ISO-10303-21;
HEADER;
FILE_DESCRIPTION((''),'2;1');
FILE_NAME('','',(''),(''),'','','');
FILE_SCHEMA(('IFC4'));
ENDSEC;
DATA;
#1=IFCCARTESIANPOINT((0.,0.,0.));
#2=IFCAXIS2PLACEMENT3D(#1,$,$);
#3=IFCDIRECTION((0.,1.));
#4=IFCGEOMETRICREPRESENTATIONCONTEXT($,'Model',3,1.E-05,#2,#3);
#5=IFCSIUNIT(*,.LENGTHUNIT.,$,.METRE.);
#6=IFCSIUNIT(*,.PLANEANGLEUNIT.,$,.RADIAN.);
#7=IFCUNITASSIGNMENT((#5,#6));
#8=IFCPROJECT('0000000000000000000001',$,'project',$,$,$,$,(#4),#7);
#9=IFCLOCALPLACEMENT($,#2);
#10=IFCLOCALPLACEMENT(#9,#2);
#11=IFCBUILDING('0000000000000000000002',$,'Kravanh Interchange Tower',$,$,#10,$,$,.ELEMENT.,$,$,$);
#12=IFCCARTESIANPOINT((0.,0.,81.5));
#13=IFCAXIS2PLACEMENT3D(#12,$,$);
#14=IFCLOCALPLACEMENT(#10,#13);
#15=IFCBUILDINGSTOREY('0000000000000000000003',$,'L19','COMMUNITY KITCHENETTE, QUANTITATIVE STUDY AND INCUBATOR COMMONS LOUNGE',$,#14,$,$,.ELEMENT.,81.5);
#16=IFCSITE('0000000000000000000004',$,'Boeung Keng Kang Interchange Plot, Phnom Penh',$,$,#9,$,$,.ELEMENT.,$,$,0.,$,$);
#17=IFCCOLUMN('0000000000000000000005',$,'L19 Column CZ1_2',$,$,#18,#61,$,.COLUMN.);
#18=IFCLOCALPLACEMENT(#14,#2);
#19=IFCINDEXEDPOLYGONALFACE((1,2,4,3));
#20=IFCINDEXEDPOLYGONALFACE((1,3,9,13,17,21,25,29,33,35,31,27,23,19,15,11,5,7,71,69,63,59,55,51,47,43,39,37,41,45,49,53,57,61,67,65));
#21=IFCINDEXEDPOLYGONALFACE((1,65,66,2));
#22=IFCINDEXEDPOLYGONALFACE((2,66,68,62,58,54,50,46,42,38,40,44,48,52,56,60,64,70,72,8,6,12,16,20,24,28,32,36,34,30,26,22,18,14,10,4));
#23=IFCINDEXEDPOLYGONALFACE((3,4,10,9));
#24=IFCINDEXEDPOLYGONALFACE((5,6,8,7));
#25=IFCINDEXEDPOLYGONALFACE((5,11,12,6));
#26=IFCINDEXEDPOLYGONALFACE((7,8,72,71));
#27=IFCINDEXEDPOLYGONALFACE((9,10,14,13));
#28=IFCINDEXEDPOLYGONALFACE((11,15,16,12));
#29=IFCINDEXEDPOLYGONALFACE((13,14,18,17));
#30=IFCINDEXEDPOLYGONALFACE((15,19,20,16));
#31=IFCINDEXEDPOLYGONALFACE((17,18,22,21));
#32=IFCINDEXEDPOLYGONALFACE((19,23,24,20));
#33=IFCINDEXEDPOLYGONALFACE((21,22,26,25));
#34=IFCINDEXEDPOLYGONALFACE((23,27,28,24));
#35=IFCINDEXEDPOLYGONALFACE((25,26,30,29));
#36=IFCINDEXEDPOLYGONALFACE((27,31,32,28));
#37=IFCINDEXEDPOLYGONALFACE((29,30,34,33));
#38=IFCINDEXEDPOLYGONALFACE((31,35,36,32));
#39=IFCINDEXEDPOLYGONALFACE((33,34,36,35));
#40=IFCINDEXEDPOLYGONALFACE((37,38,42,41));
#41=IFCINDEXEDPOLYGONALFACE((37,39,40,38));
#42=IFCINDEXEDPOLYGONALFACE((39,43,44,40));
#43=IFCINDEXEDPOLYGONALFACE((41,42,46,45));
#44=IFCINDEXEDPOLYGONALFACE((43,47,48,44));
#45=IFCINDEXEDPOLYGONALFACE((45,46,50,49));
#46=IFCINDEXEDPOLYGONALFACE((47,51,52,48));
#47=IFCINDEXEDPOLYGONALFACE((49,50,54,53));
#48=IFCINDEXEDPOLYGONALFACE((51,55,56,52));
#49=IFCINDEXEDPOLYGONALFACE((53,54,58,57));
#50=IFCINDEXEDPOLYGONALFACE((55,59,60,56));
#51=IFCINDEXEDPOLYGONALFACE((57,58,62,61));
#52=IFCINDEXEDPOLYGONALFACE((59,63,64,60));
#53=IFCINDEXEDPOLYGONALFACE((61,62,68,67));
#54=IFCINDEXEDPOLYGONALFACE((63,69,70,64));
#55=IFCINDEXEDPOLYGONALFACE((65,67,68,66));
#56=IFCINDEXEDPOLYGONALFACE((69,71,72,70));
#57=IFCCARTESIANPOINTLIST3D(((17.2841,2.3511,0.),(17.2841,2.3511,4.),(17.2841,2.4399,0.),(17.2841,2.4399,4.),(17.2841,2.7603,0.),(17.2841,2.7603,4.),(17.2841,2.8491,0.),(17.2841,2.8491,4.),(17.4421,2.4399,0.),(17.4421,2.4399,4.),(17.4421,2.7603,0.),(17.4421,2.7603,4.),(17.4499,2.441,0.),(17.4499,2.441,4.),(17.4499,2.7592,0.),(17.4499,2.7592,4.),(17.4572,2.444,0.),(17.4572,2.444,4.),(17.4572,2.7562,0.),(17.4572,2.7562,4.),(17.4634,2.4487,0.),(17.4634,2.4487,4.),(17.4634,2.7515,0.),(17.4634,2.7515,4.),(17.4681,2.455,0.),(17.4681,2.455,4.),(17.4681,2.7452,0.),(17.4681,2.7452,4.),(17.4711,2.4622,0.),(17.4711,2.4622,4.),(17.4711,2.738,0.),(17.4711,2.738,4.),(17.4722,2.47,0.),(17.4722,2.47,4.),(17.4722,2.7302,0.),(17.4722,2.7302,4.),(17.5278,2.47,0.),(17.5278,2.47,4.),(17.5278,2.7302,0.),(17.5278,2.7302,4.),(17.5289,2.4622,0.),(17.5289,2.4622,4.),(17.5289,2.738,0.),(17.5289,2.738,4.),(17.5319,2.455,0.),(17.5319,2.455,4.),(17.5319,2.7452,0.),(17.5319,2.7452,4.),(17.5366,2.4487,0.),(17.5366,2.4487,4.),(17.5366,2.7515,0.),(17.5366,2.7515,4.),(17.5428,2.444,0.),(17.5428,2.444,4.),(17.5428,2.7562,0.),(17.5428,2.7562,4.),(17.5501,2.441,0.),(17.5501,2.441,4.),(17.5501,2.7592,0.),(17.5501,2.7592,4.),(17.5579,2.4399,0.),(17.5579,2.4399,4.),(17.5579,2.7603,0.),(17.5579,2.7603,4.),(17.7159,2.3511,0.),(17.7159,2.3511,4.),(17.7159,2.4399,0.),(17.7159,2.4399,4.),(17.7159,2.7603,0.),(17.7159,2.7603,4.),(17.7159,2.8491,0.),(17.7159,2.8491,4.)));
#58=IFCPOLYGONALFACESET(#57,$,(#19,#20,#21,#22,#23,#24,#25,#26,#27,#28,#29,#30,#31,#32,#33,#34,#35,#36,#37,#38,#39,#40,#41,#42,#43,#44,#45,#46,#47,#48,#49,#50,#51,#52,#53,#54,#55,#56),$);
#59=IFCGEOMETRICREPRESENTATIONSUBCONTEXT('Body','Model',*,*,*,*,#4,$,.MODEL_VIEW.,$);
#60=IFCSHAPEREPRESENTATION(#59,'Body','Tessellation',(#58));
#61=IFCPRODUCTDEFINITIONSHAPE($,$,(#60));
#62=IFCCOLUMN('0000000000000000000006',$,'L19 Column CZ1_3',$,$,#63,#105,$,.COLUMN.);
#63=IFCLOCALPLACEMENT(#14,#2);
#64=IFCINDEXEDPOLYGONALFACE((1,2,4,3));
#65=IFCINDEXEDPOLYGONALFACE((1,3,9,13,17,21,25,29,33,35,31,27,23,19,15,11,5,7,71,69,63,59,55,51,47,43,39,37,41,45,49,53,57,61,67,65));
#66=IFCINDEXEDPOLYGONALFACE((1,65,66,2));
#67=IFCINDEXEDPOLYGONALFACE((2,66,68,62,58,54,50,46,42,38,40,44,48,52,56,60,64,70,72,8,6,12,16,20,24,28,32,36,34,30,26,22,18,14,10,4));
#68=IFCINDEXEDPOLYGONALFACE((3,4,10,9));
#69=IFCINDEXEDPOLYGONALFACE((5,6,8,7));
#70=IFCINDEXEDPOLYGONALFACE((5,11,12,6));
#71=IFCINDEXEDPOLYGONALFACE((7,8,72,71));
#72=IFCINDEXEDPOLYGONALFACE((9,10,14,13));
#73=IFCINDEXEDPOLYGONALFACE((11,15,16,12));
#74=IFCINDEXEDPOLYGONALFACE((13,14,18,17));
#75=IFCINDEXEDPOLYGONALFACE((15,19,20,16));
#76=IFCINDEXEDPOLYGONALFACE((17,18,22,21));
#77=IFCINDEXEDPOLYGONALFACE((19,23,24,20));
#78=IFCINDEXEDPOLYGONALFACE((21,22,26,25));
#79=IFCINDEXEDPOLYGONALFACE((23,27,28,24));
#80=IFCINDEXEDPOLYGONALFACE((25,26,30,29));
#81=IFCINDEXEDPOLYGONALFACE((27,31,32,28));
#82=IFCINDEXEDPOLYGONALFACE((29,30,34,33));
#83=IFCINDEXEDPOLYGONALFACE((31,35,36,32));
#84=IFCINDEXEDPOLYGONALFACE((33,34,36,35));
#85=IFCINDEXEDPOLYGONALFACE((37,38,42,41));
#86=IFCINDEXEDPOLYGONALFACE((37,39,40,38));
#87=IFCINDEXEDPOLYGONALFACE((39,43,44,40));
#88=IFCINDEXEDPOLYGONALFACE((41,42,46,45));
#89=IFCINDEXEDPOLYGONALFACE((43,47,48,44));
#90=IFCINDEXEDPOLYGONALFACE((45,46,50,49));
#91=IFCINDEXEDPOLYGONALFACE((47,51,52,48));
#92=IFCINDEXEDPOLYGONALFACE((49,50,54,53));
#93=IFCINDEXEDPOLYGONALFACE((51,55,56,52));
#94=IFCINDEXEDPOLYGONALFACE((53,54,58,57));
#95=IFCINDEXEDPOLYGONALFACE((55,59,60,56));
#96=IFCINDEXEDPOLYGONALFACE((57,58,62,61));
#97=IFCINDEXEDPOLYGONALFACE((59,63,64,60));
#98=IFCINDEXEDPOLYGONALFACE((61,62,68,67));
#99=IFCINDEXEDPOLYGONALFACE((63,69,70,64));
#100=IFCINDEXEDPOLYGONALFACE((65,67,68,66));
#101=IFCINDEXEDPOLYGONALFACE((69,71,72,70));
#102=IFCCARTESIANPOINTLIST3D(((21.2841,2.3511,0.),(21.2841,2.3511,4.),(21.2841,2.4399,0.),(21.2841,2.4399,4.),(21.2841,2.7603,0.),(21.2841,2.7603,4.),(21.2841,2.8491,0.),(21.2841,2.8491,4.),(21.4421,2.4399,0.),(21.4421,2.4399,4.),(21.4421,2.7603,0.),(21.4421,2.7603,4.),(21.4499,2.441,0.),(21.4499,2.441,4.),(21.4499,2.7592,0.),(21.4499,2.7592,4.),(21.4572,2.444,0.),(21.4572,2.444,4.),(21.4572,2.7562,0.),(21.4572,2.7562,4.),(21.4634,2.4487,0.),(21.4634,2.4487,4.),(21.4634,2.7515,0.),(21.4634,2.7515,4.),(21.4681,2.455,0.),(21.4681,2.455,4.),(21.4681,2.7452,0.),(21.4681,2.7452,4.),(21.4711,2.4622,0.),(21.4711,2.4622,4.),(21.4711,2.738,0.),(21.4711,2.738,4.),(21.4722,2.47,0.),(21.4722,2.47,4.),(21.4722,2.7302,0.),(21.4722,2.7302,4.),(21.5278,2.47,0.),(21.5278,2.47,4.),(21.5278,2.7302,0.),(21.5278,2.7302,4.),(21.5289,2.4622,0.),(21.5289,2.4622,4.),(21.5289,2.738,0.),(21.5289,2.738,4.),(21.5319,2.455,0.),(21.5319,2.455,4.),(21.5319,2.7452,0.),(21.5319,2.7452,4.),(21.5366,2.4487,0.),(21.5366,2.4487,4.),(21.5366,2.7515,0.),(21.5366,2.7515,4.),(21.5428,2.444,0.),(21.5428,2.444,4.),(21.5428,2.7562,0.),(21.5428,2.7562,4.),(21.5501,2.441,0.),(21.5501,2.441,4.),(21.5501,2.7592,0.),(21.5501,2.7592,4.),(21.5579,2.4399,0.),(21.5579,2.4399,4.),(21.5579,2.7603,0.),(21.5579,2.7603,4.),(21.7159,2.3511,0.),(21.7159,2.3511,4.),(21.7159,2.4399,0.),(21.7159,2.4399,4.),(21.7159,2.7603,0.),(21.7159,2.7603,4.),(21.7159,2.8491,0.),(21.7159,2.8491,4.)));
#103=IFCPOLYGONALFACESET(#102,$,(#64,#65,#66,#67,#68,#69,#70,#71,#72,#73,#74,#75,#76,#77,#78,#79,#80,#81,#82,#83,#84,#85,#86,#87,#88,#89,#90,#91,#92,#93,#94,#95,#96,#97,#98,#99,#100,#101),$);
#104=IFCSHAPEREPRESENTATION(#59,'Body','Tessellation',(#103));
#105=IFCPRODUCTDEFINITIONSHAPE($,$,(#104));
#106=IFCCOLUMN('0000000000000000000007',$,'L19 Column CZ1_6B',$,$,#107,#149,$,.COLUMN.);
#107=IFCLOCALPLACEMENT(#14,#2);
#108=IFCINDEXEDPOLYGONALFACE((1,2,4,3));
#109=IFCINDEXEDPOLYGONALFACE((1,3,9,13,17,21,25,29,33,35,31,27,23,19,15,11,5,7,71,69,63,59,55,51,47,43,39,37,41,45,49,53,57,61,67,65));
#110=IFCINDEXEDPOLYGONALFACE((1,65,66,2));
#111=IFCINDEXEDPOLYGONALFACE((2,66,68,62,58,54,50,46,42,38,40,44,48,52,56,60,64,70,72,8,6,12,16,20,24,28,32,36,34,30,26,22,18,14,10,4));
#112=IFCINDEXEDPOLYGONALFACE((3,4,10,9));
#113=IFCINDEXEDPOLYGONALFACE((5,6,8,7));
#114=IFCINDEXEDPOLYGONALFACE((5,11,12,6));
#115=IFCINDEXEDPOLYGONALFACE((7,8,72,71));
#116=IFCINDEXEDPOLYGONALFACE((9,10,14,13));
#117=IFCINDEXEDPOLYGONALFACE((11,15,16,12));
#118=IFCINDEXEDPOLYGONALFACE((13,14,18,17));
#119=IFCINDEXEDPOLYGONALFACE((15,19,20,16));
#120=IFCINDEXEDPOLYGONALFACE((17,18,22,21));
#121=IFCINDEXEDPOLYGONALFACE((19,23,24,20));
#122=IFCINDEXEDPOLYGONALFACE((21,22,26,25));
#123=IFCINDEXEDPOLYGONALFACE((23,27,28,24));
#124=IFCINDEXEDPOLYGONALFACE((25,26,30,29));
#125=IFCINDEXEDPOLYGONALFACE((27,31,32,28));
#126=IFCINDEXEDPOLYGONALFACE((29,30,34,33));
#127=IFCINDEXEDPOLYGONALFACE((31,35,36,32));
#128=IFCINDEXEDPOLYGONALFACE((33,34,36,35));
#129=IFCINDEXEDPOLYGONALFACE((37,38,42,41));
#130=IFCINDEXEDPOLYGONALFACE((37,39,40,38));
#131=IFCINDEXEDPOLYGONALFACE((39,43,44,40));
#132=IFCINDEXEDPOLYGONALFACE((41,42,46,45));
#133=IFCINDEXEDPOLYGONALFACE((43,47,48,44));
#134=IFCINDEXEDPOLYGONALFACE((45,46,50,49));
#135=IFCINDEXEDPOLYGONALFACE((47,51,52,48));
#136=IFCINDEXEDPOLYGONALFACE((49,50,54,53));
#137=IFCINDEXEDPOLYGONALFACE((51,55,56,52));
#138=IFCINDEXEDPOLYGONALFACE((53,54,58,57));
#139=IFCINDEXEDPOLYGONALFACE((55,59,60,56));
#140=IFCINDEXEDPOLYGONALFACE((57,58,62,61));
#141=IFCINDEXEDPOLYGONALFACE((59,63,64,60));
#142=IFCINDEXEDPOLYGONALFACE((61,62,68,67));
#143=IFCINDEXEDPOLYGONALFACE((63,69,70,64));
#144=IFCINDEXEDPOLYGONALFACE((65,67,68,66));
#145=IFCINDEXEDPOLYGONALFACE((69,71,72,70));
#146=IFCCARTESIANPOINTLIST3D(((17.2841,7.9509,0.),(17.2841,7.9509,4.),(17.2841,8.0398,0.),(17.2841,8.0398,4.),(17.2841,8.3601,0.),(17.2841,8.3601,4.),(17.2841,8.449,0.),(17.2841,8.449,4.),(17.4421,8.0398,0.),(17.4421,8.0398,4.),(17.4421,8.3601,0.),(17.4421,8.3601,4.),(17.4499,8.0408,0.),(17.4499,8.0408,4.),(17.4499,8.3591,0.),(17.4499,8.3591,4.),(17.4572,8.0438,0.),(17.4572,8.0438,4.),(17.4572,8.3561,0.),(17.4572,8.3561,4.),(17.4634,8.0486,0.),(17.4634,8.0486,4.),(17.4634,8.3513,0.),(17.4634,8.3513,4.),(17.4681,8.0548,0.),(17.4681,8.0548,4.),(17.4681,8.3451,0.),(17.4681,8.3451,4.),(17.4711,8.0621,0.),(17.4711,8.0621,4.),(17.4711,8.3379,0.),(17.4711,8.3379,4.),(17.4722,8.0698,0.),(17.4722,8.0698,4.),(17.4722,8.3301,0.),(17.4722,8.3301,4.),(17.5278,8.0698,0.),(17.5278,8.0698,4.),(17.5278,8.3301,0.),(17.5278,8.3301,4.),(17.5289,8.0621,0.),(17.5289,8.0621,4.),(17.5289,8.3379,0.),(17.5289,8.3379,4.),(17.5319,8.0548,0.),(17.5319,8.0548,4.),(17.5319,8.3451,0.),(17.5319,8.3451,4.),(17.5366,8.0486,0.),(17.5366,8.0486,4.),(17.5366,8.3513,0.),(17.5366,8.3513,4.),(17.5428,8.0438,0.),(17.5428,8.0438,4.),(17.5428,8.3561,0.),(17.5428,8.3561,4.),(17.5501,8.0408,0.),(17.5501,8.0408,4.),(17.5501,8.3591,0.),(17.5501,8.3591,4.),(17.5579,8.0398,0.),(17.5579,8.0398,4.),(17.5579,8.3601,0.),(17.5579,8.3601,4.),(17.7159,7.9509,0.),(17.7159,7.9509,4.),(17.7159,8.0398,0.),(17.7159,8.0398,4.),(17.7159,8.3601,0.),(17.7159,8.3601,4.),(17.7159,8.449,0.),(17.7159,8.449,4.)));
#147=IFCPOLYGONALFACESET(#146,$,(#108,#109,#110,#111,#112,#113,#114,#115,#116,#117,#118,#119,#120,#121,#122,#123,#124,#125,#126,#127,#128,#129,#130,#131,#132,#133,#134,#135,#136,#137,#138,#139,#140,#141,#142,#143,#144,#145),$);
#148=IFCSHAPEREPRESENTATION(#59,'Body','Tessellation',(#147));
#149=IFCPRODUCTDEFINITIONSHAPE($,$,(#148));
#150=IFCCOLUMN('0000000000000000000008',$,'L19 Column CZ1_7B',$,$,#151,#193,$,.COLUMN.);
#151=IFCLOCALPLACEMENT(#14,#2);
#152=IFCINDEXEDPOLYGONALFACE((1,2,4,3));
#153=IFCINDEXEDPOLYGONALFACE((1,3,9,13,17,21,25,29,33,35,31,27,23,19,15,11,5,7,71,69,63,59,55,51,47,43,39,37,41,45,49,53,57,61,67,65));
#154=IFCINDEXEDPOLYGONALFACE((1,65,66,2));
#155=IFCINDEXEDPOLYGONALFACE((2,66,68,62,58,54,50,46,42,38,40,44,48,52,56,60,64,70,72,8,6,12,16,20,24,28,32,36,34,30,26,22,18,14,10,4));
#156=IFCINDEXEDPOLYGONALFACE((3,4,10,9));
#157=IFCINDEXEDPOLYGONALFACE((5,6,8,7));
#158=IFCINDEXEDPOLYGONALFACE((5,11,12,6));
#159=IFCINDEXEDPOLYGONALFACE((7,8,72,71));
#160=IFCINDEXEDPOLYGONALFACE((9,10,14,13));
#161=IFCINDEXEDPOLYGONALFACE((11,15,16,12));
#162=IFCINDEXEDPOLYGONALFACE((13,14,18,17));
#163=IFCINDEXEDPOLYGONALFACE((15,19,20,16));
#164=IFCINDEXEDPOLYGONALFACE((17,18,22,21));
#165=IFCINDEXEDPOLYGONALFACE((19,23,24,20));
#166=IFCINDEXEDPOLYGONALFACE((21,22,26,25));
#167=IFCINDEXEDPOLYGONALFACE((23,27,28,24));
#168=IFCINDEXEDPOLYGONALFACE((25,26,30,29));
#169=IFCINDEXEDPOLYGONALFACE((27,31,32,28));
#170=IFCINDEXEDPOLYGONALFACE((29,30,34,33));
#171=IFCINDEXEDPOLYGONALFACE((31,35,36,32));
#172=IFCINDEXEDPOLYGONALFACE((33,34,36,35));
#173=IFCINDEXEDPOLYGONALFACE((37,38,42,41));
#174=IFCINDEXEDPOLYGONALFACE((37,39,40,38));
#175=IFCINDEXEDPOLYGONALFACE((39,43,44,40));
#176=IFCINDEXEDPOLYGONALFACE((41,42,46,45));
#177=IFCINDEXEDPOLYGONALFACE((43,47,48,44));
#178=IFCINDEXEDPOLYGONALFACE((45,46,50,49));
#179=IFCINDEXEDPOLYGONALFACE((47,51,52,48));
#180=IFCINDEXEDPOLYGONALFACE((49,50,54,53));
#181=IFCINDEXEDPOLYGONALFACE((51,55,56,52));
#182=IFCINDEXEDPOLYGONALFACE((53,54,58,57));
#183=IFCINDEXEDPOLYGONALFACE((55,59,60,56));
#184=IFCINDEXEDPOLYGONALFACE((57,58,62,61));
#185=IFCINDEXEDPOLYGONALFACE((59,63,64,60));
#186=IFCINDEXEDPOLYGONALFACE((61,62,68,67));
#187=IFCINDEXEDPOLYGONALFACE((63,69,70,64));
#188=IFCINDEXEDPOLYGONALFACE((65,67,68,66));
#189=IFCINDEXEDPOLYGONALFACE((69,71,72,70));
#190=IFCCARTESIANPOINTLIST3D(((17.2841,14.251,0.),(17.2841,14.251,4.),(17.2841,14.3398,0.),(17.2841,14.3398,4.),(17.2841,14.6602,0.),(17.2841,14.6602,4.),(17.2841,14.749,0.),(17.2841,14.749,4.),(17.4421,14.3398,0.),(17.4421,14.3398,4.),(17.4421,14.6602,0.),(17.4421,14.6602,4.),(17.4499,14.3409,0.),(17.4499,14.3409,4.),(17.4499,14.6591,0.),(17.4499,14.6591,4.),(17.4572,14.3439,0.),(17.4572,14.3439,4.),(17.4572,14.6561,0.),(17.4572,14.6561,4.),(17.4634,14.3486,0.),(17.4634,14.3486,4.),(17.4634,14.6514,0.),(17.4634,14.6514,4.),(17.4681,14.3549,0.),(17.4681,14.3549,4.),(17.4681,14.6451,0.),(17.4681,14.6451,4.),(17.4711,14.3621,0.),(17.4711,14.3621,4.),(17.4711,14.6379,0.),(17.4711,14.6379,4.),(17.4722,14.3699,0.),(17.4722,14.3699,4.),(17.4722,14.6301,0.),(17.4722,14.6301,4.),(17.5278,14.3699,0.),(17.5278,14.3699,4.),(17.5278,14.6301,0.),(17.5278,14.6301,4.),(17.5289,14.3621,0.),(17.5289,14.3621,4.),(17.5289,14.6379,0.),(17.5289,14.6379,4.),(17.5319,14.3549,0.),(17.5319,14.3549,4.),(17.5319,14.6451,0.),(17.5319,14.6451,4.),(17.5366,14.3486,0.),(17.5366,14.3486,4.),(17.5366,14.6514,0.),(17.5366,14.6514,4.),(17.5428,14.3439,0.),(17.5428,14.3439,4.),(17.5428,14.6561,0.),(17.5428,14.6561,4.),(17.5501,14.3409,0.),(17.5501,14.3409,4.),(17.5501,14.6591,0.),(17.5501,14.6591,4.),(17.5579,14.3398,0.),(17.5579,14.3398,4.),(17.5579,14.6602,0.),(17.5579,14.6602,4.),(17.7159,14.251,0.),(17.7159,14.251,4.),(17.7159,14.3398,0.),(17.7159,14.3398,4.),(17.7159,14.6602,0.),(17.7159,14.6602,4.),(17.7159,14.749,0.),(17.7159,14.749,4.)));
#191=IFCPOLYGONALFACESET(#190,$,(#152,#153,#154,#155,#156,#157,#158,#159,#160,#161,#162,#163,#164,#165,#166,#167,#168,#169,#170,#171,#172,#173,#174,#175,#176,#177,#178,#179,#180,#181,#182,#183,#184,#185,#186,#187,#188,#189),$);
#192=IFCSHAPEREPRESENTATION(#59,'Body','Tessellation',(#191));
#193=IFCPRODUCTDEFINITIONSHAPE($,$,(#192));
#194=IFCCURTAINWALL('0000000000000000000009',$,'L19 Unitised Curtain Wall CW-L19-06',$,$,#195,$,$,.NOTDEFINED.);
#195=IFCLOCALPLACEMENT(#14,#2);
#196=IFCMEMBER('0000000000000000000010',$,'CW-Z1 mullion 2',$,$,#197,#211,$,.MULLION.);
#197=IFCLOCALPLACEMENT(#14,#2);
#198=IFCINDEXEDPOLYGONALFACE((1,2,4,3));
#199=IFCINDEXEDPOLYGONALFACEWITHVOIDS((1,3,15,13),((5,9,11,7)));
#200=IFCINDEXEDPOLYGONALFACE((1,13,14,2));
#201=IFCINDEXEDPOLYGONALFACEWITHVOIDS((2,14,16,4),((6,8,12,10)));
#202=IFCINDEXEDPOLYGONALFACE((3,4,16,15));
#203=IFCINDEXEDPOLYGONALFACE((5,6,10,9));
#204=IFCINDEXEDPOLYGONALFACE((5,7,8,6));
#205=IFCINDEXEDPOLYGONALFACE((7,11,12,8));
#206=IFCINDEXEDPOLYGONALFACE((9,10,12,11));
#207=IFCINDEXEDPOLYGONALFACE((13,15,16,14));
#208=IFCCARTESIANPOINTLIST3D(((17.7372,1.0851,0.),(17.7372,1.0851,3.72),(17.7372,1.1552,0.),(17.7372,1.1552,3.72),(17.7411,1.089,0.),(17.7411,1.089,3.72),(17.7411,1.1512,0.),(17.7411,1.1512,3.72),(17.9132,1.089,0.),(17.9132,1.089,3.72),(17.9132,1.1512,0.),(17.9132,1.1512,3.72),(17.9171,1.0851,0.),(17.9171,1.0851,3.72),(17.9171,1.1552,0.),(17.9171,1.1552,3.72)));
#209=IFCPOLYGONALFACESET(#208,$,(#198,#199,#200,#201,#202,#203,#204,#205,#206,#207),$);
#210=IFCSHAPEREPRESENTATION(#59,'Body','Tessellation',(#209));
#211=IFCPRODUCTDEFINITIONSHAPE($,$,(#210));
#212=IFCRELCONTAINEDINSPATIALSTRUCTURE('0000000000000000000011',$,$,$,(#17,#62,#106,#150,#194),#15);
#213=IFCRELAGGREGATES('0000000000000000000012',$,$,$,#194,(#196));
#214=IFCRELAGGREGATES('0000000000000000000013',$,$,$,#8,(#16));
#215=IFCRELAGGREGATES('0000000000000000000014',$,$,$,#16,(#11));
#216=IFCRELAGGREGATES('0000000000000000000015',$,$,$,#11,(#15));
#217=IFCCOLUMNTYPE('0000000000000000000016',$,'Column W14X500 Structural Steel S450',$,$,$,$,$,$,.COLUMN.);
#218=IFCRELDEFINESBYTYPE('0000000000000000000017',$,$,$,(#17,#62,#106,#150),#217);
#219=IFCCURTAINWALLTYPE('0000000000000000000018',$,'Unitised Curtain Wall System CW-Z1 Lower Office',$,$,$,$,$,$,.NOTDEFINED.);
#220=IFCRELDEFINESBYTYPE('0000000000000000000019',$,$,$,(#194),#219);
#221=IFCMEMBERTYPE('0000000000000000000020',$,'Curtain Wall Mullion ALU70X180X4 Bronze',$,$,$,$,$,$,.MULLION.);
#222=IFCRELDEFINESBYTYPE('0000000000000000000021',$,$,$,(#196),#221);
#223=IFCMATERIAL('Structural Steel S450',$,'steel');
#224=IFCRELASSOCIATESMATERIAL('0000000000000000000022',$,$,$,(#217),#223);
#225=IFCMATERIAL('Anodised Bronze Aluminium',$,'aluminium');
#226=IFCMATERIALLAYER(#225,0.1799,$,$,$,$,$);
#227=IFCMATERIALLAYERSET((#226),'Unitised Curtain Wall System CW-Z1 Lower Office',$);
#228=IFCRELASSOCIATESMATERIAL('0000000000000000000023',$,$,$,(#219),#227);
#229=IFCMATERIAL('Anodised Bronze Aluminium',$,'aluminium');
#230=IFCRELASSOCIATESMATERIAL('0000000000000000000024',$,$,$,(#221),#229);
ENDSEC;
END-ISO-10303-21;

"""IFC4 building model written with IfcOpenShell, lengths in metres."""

from ifc_helpers import new_model, si_unit, direction, frame, origin, origin_2d, place, context, subcontext, project, spatial, hollow_rectangle, i_section, extrude, material, layer, layer_set, material_profile, profile_set, type_object, element, aggregate, save


model = new_model("IFC4")

# Units and contexts
model_context = context("Model", 3, precision=1e-05, world=origin(), true_north=direction((0.0, 1.0)))
body_context = subcontext(model_context, "Body", "Model", "MODEL_VIEW")
ifc_project = project(units=[si_unit("LENGTHUNIT", "METRE"), si_unit("PLANEANGLEUNIT", "RADIAN")], contexts=[model_context])

# Site, building, storey
site_placement = place(None, origin())
site = spatial("IfcSite", under=ifc_project, at=site_placement, Name="Boeung Keng Kang Interchange Plot, Phnom Penh", CompositionType="ELEMENT", RefElevation=0.0)
building_placement = place(site_placement, origin())
building = spatial("IfcBuilding", under=site, at=building_placement, Name="Kravanh Interchange Tower", CompositionType="ELEMENT")
storey_placement = place(building_placement, frame((0.0, 0.0, 81.5)))
storey = spatial("IfcBuildingStorey", under=building, at=storey_placement, Name="L19", Description="COMMUNITY KITCHENETTE, QUANTITATIVE STUDY AND INCUBATOR COMMONS LOUNGE", CompositionType="ELEMENT", Elevation=81.5)

# Columns
ifc_material_1 = material(Name="Structural Steel S450", Category="steel")
ifc_material_profile_1 = material_profile(ifc_material_1, i_section(OverallWidth=0.4319, OverallDepth=0.498, WebThickness=0.0557, FlangeThickness=0.0889, FilletRadius=0.03, at=origin_2d()), Name="W14X500")
ifc_profile_set_1 = profile_set([ifc_material_profile_1], Name="Structural Steel S450")
column_type = type_object("IfcColumnType", Name="Column W14X500 Structural Steel S450", PredefinedType="COLUMN", material=ifc_profile_set_1)
for number, where, z_axis, x_axis, name in (
    (1, (17.5, 2.6001, 0.0), (0.0, 0.0, 1.0), (1.0, 0.0, 0.0), "L19 Column CZ1_2"),
    (2, (21.5, 2.6001, 0.0), (0.0, 0.0, 1.0), (1.0, 0.0, 0.0), "L19 Column CZ1_3"),
    (3, (17.5, 8.2, 0.0), (0.0, 0.0, 1.0), (1.0, 0.0, 0.0), "L19 Column CZ1_6B"),
    (4, (17.5, 14.5, 0.0), (0.0, 0.0, 1.0), (1.0, 0.0, 0.0), "L19 Column CZ1_7B"),
):
    element("IfcColumn", number, at=place(storey_placement, frame(where, z_axis=z_axis, x_axis=x_axis)), inside=storey, type_object=column_type, Name=name, PredefinedType="COLUMN", context=body_context, shape_type="SweptSolid", body=[
        extrude(i_section(OverallWidth=0.4319, OverallDepth=0.498, WebThickness=0.0557, FlangeThickness=0.0889, FilletRadius=0.03, at=origin_2d()), origin(), (0.0, 0.0, 1.0), 4.0),
    ])

# Curtain wall, member
ifc_material_2 = material(Name="Anodised Bronze Aluminium", Category="aluminium")
ifc_layer_1 = layer(ifc_material_2, 0.1799)
ifc_layer_set_1 = layer_set([ifc_layer_1], Name="Unitised Curtain Wall System CW-Z1 Lower Office")
curtain_wall_type = type_object("IfcCurtainWallType", Name="Unitised Curtain Wall System CW-Z1 Lower Office", PredefinedType="NOTDEFINED", material=ifc_layer_set_1)
curtain_wall_placement = place(storey_placement, origin())
curtain_wall = element("IfcCurtainWall", 5, at=curtain_wall_placement, inside=storey, type_object=curtain_wall_type, Name="L19 Unitised Curtain Wall CW-L19-06", PredefinedType="NOTDEFINED")
ifc_material_3 = material(Name="Anodised Bronze Aluminium", Category="aluminium")
ifc_material_profile_2 = material_profile(ifc_material_3, hollow_rectangle(XDim=0.0701, YDim=0.1799, WallThickness=0.0039, at=origin_2d()), Name="ALU70X180X4")
ifc_profile_set_2 = profile_set([ifc_material_profile_2], Name="Anodised Bronze Aluminium")
member_type_1 = type_object("IfcMemberType", Name="Curtain Wall Mullion ALU70X180X4 Bronze", PredefinedType="MULLION", material=ifc_profile_set_2)
member_1_placement = place(storey_placement, frame((17.8271, 1.1201, 0.0), z_axis=(0.0, 0.0, 1.0), x_axis=(0.0, -1.0, 0.0)))
member_1 = element("IfcMember", 6, at=member_1_placement, type_object=member_type_1, Name="CW-Z1 mullion 2", PredefinedType="MULLION", context=body_context, shape_type="SweptSolid", body=[
    extrude(hollow_rectangle(XDim=0.0701, YDim=0.1799, WallThickness=0.0039, at=origin_2d()), origin(), (0.0, 0.0, 1.0), 3.72),
])

aggregate(curtain_wall, [member_1])

save(model, "model.ifc")
